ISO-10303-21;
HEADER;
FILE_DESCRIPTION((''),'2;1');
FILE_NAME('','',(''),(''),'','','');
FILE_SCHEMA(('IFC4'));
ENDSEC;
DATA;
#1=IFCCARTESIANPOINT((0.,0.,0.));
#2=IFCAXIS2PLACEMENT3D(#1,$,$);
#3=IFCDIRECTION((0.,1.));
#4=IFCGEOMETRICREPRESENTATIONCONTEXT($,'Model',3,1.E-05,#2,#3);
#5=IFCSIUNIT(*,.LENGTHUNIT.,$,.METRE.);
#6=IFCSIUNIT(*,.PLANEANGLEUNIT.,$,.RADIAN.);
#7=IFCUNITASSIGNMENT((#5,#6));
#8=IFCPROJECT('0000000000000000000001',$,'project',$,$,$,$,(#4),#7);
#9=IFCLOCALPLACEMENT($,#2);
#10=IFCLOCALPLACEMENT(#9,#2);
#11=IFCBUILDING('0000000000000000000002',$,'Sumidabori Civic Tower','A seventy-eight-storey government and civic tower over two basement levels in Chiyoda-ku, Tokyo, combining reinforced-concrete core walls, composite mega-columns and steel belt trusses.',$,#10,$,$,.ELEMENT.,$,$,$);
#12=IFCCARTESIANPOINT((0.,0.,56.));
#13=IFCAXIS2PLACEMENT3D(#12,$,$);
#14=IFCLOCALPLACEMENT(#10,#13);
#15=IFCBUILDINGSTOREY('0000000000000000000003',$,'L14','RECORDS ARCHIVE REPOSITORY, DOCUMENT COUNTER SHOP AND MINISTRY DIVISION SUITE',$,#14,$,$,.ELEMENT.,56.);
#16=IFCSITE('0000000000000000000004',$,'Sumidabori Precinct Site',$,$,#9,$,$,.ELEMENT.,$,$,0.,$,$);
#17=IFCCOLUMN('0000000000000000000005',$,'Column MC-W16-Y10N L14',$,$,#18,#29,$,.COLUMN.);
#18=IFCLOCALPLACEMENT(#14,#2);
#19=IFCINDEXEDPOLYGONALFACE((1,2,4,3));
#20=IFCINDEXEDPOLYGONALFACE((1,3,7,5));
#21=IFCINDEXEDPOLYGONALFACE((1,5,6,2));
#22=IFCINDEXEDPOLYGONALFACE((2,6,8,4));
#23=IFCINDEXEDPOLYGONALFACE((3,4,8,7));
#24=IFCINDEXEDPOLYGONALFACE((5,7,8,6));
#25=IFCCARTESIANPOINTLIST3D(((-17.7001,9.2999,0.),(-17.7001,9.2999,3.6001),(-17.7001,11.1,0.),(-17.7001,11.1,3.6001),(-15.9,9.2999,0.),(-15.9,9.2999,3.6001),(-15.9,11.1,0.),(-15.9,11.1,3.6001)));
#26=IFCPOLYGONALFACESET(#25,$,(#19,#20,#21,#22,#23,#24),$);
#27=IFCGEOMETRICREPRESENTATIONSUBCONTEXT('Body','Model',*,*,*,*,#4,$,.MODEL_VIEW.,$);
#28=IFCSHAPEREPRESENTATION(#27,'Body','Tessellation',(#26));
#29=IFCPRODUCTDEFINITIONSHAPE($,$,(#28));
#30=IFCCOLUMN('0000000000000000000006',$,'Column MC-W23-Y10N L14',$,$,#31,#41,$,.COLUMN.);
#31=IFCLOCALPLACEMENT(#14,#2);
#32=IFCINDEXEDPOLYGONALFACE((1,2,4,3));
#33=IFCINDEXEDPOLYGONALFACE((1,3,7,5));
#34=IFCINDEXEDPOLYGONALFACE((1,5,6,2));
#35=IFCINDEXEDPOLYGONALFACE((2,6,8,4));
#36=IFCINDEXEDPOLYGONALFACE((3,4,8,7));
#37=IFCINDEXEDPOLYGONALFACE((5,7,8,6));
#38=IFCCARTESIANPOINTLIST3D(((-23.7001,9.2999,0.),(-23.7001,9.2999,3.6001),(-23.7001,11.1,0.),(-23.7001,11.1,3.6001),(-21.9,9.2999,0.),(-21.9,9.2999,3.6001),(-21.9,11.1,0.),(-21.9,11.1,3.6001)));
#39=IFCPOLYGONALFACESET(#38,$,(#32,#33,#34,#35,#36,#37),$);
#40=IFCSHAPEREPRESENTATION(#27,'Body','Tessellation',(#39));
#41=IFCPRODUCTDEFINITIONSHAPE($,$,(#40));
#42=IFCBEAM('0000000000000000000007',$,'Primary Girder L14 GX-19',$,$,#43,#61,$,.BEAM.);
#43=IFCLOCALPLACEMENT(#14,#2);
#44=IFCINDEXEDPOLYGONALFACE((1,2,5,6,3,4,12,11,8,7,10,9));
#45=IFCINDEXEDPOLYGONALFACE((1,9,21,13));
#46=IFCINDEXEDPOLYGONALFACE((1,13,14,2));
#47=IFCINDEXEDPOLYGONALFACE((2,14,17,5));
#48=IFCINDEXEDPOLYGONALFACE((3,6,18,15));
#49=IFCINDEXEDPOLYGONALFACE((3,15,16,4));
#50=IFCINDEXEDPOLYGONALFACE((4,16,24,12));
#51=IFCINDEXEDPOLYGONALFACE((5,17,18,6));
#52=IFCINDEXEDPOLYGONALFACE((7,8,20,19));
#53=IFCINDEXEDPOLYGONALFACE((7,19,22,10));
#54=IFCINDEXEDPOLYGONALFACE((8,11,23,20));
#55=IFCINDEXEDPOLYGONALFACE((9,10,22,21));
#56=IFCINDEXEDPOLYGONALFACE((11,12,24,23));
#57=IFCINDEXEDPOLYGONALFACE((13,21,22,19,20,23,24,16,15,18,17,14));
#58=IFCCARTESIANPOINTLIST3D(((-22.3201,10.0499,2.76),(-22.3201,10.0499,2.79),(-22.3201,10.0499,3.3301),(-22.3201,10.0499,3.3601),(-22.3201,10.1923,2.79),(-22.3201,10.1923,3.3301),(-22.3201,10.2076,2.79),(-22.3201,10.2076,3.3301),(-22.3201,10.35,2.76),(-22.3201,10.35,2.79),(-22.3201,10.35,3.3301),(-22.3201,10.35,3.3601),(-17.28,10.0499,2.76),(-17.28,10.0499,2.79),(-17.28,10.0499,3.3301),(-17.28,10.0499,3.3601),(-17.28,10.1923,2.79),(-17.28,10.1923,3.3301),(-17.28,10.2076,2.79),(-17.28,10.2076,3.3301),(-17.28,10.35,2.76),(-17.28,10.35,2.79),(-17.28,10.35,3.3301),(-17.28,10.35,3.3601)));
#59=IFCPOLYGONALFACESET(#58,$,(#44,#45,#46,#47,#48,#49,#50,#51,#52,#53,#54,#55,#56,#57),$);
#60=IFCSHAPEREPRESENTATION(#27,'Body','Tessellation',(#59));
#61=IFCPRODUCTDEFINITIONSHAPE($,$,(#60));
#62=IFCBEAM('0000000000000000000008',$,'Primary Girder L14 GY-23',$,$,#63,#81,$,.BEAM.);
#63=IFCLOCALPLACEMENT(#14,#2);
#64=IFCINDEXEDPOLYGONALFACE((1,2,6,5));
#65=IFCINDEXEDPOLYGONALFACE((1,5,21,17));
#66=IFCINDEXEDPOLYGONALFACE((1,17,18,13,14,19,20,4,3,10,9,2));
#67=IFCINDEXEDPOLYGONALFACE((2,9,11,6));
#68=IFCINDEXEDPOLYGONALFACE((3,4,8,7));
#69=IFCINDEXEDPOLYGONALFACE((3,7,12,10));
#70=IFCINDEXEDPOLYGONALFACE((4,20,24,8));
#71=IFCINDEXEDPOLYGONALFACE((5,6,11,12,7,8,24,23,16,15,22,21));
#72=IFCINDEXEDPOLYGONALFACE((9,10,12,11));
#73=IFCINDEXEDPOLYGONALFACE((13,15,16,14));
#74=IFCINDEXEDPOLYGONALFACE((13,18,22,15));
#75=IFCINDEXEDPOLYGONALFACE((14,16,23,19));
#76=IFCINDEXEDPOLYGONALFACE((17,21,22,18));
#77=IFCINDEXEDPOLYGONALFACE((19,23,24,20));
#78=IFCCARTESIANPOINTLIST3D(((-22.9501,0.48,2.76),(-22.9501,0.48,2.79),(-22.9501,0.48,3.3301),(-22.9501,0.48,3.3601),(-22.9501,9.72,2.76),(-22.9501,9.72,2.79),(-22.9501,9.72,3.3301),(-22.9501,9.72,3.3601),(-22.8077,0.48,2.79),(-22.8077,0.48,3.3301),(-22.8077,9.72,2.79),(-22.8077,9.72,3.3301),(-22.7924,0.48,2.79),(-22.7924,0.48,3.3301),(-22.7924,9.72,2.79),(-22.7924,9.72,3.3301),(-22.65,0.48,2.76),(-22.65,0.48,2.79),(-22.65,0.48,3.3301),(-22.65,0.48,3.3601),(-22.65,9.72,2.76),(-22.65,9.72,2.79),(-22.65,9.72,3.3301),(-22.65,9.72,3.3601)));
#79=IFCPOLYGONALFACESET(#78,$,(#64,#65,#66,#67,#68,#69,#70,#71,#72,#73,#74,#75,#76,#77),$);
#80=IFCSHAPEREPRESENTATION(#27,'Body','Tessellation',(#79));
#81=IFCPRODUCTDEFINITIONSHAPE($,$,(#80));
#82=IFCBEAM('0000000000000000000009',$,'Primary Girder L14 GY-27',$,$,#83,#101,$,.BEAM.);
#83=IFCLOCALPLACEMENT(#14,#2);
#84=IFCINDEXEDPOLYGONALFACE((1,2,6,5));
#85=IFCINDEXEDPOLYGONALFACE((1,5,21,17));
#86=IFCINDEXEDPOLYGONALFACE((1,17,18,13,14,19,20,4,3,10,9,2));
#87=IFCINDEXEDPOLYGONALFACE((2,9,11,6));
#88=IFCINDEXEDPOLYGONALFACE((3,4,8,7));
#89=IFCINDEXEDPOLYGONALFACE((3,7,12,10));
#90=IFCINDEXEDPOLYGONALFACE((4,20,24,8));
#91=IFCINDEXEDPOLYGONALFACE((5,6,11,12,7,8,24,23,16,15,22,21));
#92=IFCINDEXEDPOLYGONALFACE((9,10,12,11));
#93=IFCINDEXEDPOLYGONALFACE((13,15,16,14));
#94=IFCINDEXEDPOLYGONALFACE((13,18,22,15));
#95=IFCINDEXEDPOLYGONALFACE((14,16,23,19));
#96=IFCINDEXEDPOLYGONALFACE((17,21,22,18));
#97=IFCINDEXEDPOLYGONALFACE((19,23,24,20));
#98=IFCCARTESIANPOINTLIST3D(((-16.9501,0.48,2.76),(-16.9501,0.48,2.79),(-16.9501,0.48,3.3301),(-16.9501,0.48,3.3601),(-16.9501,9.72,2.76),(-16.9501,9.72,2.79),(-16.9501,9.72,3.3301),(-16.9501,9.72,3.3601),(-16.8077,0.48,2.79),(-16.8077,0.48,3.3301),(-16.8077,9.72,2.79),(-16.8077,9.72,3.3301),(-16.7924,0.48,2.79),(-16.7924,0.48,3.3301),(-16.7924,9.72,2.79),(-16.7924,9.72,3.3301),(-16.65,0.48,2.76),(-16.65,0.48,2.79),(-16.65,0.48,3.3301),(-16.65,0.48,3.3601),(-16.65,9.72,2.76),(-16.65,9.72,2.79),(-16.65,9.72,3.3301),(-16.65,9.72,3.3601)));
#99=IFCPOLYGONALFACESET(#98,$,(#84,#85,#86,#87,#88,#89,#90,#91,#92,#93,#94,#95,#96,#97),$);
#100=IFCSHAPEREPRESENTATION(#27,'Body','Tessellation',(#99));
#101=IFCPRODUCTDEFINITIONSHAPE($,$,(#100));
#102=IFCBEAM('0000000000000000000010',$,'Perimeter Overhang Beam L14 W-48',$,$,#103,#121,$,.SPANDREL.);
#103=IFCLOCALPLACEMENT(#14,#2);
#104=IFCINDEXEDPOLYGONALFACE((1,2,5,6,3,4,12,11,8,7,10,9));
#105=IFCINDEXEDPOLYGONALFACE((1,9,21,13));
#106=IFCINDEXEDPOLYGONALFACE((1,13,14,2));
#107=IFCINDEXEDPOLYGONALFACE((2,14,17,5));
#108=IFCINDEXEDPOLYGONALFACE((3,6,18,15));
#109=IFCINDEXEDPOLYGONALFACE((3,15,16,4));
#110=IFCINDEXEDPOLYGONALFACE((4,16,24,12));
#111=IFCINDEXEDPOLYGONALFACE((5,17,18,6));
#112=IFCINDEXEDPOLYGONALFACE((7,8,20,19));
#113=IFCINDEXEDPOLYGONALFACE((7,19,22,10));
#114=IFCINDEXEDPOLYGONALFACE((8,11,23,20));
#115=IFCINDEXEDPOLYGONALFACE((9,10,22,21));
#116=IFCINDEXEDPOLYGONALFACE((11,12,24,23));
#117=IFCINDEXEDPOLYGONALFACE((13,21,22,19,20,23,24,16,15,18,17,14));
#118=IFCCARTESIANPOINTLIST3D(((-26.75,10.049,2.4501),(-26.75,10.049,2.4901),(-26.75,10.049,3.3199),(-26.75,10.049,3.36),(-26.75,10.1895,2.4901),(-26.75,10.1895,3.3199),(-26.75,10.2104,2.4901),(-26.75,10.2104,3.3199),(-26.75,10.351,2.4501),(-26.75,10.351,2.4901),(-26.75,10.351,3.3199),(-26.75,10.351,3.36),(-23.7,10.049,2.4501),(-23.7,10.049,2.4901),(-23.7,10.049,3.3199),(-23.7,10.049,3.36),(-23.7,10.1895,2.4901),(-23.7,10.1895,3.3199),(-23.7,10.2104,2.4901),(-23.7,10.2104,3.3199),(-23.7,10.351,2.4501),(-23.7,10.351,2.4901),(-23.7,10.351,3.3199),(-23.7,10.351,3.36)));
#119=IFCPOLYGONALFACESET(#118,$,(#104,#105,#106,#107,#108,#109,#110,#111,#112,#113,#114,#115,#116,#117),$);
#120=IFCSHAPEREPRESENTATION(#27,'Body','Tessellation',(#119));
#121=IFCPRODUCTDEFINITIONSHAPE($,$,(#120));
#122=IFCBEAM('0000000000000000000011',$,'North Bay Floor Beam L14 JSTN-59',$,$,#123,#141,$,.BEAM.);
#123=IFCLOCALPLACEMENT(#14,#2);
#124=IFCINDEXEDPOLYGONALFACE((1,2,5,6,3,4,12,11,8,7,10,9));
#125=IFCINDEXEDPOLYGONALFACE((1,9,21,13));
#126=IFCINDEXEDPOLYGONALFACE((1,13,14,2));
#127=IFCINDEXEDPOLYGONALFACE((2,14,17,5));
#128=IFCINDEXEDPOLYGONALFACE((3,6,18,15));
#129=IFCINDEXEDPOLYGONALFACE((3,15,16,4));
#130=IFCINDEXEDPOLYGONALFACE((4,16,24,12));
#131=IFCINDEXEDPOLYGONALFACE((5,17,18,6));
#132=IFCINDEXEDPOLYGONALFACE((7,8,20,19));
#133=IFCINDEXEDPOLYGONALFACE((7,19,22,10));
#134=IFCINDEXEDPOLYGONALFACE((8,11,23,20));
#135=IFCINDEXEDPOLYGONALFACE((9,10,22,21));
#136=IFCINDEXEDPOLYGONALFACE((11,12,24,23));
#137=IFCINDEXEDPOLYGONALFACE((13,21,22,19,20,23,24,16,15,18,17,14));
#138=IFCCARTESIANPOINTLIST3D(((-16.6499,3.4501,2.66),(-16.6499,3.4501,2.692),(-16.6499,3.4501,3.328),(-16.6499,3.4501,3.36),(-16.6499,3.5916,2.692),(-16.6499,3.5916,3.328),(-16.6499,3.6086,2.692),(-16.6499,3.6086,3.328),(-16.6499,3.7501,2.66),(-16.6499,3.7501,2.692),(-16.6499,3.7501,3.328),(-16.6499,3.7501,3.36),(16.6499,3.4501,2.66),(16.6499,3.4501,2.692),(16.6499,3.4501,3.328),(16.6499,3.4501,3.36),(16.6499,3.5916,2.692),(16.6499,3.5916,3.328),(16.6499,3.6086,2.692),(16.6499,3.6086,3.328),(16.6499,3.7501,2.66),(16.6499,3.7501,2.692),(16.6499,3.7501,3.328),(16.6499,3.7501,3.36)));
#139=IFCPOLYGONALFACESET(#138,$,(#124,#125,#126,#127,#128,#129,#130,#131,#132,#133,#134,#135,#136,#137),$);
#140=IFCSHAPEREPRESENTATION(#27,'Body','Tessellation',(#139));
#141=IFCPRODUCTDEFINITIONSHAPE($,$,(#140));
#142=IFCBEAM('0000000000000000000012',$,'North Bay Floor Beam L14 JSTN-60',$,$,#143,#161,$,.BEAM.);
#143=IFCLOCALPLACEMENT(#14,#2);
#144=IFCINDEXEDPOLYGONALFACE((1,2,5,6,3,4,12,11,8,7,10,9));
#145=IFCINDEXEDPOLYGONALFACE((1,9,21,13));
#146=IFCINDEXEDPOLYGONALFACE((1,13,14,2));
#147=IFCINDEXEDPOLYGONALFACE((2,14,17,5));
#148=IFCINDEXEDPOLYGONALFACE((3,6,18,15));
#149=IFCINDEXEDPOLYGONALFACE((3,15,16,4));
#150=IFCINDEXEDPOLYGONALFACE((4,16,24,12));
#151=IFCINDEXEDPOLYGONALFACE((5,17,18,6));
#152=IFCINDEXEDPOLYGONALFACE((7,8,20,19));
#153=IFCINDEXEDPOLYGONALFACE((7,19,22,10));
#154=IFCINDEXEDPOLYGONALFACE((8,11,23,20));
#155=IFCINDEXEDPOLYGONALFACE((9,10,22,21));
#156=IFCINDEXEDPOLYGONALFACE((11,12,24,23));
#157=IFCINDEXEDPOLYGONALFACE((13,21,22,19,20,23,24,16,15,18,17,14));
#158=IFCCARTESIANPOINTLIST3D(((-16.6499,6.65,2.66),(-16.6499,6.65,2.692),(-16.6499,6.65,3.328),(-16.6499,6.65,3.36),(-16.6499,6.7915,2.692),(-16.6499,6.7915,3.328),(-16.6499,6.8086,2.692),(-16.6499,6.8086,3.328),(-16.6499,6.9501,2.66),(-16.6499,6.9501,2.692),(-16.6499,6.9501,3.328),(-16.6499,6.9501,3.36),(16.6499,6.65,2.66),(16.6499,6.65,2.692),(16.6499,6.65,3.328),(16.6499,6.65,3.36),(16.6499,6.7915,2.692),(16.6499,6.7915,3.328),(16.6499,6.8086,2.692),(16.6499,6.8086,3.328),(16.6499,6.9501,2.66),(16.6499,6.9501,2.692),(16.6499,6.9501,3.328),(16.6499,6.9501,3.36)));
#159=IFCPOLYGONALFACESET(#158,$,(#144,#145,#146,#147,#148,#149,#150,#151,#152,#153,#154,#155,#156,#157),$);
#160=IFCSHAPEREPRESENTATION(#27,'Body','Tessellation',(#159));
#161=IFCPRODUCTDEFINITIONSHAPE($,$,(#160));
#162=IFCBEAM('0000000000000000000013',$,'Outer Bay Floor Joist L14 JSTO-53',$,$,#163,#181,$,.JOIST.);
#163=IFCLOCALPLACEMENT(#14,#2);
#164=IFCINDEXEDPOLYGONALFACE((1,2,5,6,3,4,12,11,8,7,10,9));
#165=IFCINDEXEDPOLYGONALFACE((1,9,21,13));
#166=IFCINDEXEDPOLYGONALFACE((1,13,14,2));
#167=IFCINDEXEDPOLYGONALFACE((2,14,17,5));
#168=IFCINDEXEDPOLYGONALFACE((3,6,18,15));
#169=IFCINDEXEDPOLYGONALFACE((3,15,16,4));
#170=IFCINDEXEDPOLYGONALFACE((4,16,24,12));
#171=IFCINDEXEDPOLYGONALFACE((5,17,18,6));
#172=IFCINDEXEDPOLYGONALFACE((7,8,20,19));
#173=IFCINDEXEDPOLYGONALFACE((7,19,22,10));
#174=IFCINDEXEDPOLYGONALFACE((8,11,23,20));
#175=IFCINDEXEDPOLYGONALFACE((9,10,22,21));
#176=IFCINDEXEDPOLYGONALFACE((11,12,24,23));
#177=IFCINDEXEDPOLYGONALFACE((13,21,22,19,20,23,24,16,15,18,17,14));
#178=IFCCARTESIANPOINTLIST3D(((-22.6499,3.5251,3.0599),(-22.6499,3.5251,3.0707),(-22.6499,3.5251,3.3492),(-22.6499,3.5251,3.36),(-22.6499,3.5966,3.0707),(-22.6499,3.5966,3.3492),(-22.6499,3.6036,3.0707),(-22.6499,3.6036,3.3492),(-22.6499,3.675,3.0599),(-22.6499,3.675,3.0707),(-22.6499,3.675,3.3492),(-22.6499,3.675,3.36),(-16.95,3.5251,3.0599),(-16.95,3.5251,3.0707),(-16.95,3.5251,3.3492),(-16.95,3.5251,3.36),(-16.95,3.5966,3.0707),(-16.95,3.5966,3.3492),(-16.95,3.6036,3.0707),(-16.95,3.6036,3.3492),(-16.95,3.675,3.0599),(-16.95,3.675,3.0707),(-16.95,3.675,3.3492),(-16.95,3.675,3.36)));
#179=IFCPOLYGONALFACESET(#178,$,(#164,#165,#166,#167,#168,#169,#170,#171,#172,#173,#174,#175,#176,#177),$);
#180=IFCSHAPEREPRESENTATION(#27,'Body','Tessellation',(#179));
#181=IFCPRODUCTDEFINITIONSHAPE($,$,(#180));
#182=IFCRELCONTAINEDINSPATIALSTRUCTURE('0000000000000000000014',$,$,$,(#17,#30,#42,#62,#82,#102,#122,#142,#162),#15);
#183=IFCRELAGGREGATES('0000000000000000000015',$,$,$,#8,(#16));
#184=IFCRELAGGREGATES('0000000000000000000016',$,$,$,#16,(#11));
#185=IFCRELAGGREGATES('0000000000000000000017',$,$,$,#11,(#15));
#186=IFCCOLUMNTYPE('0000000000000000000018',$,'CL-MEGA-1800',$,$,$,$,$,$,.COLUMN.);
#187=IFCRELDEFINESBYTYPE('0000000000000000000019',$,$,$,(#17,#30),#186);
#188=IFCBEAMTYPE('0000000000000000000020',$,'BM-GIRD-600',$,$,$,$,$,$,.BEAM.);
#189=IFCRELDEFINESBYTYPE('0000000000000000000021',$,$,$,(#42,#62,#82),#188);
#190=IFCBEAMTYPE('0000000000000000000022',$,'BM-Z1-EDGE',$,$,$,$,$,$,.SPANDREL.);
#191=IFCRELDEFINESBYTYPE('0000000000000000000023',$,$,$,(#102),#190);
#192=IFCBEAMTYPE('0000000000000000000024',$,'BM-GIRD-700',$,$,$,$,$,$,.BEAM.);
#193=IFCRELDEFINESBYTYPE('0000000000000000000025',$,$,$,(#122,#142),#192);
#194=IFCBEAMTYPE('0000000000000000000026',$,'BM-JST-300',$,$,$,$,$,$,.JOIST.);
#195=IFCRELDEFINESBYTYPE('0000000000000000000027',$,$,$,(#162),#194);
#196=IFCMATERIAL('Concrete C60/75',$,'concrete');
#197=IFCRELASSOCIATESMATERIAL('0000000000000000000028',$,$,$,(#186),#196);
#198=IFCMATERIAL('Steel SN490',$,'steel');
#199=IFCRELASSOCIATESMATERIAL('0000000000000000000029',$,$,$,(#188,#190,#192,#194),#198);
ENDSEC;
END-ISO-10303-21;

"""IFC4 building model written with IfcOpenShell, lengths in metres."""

from ifc_helpers import new_model, si_unit, direction, frame, origin, origin_2d, place, context, subcontext, project, spatial, rectangle, i_section, extrude, source, transform, mapped, material, material_profile, profile_set, type_object, element, save


model = new_model("IFC4")

# Units and contexts
model_context = context("Model", 3, precision=1e-05, world=origin(), true_north=direction((0.0, 1.0)))
body_context = subcontext(model_context, "Body", "Model", "MODEL_VIEW")
ifc_project = project(units=[si_unit("LENGTHUNIT", "METRE"), si_unit("PLANEANGLEUNIT", "RADIAN")], contexts=[model_context])

# Site, building, storey
site_placement = place(None, origin())
site = spatial("IfcSite", under=ifc_project, at=site_placement, Name="Sumidabori Precinct Site", CompositionType="ELEMENT", RefElevation=0.0)
building_placement = place(site_placement, origin())
building = spatial("IfcBuilding", under=site, at=building_placement, Name="Sumidabori Civic Tower", Description="A seventy-eight-storey government and civic tower over two basement levels in Chiyoda-ku, Tokyo, combining reinforced-concrete core walls, composite mega-columns and steel belt trusses.", CompositionType="ELEMENT")
storey_placement = place(building_placement, frame((0.0, 0.0, 56.0)))
storey = spatial("IfcBuildingStorey", under=building, at=storey_placement, Name="L14", Description="RECORDS ARCHIVE REPOSITORY, DOCUMENT COUNTER SHOP AND MINISTRY DIVISION SUITE", CompositionType="ELEMENT", Elevation=56.0)

# Columns
ifc_material_1 = material(Name="Concrete C60/75", Category="concrete")
ifc_material_profile_1 = material_profile(ifc_material_1, rectangle(XDim=1.8, YDim=1.8, at=origin_2d()), Name="RC 1800x1800")
ifc_profile_set_1 = profile_set([ifc_material_profile_1], Name="Concrete C60/75")
column_type = type_object("IfcColumnType", Name="CL-MEGA-1800", PredefinedType="COLUMN", material=ifc_profile_set_1)
shared_shape_1 = source(origin(), body_context, "Body", "SweptSolid", [
    extrude(rectangle(XDim=1.8, YDim=1.8, at=origin_2d()), origin(), (0.0, 0.0, 1.0), 3.6001),
])
for number, where, z_axis, x_axis, name in (
    (1, (-16.8, 10.2, 0.0), (0.0, 0.0, 1.0), (1.0, 0.0, 0.0), "Column MC-W16-Y10N L14"),
    (2, (-22.8, 10.2, 0.0), (0.0, 0.0, 1.0), (1.0, 0.0, 0.0), "Column MC-W23-Y10N L14"),
):
    element("IfcColumn", number, at=place(storey_placement, frame(where, z_axis=z_axis, x_axis=x_axis)), inside=storey, type_object=column_type, Name=name, PredefinedType="COLUMN", context=body_context, shape_type="MappedRepresentation", body=[
        mapped(shared_shape_1, transform((0.0, 0.0, 0.0), x_axis=(1.0, 0.0, 0.0), y_axis=(0.0, 1.0, 0.0), z_axis=(0.0, 0.0, 1.0), scale=1.0)),
    ])

# Beams
ifc_material_2 = material(Name="Steel SN490", Category="steel")
ifc_material_profile_2 = material_profile(ifc_material_2, i_section(OverallWidth=0.3, OverallDepth=0.6001, WebThickness=0.0154, FlangeThickness=0.03, at=origin_2d()), Name="HE 600 B")
ifc_profile_set_2 = profile_set([ifc_material_profile_2], Name="Steel SN490")
beam_type_1 = type_object("IfcBeamType", Name="BM-GIRD-600", PredefinedType="BEAM", material=ifc_profile_set_2)
shared_shape_2 = source(origin(), body_context, "Body", "SweptSolid", [
    extrude(i_section(OverallWidth=0.3, OverallDepth=0.6001, WebThickness=0.0154, FlangeThickness=0.03, at=origin_2d()), origin(), (0.0, 0.0, 1.0), 5.04),
])
beam_1_placement = place(storey_placement, frame((-22.3201, 10.2, 3.0601), z_axis=(1.0, 0.0, 0.0), x_axis=(0.0, 1.0, 0.0)))
element("IfcBeam", 3, at=beam_1_placement, inside=storey, type_object=beam_type_1, Name="Primary Girder L14 GX-19", PredefinedType="BEAM", context=body_context, shape_type="MappedRepresentation", body=[
    mapped(shared_shape_2, transform((0.0, 0.0, 0.0), x_axis=(1.0, 0.0, 0.0), y_axis=(0.0, 1.0, 0.0), z_axis=(0.0, 0.0, 1.0), scale=1.0)),
])
shared_shape_3 = source(origin(), body_context, "Body", "SweptSolid", [
    extrude(i_section(OverallWidth=0.3, OverallDepth=0.6001, WebThickness=0.0154, FlangeThickness=0.03, at=origin_2d()), origin(), (0.0, 0.0, 1.0), 9.24),
])
for number, where, z_axis, x_axis, name in (
    (4, (-22.8, 0.48, 3.0601), (0.0, 1.0, 0.0), (-1.0, 0.0, 0.0), "Primary Girder L14 GY-23"),
    (5, (-16.8, 0.48, 3.0601), (0.0, 1.0, 0.0), (-1.0, 0.0, 0.0), "Primary Girder L14 GY-27"),
):
    element("IfcBeam", number, at=place(storey_placement, frame(where, z_axis=z_axis, x_axis=x_axis)), inside=storey, type_object=beam_type_1, Name=name, PredefinedType="BEAM", context=body_context, shape_type="MappedRepresentation", body=[
        mapped(shared_shape_3, transform((0.0, 0.0, 0.0), x_axis=(1.0, 0.0, 0.0), y_axis=(0.0, 1.0, 0.0), z_axis=(0.0, 0.0, 1.0), scale=1.0)),
    ])
ifc_material_profile_3 = material_profile(ifc_material_2, i_section(OverallWidth=0.302, OverallDepth=0.9099, WebThickness=0.021, FlangeThickness=0.04, at=origin_2d()), Name="HE 900 M")
ifc_profile_set_3 = profile_set([ifc_material_profile_3], Name="Steel SN490")
beam_type_2 = type_object("IfcBeamType", Name="BM-Z1-EDGE", PredefinedType="SPANDREL", material=ifc_profile_set_3)
shared_shape_4 = source(origin(), body_context, "Body", "SweptSolid", [
    extrude(i_section(OverallWidth=0.302, OverallDepth=0.9099, WebThickness=0.021, FlangeThickness=0.04, at=origin_2d()), origin(), (0.0, 0.0, 1.0), 3.05),
])
beam_2_placement = place(storey_placement, frame((-26.75, 10.2, 2.905), z_axis=(1.0, 0.0, 0.0), x_axis=(0.0, 1.0, 0.0)))
element("IfcBeam", 6, at=beam_2_placement, inside=storey, type_object=beam_type_2, Name="Perimeter Overhang Beam L14 W-48", PredefinedType="SPANDREL", context=body_context, shape_type="MappedRepresentation", body=[
    mapped(shared_shape_4, transform((0.0, 0.0, 0.0), x_axis=(1.0, 0.0, 0.0), y_axis=(0.0, 1.0, 0.0), z_axis=(0.0, 0.0, 1.0), scale=1.0)),
])
ifc_material_profile_4 = material_profile(ifc_material_2, i_section(OverallWidth=0.3, OverallDepth=0.7, WebThickness=0.0171, FlangeThickness=0.032, at=origin_2d()), Name="HE 700 B")
ifc_profile_set_4 = profile_set([ifc_material_profile_4], Name="Steel SN490")
beam_type_3 = type_object("IfcBeamType", Name="BM-GIRD-700", PredefinedType="BEAM", material=ifc_profile_set_4)
shared_shape_5 = source(origin(), body_context, "Body", "SweptSolid", [
    extrude(i_section(OverallWidth=0.3, OverallDepth=0.7, WebThickness=0.0171, FlangeThickness=0.032, at=origin_2d()), origin(), (0.0, 0.0, 1.0), 33.2998),
])
for number, where, z_axis, x_axis, name in (
    (7, (-16.6499, 3.6001, 3.01), (1.0, 0.0, 0.0), (0.0, 1.0, 0.0), "North Bay Floor Beam L14 JSTN-59"),
    (8, (-16.6499, 6.8, 3.01), (1.0, 0.0, 0.0), (0.0, 1.0, 0.0), "North Bay Floor Beam L14 JSTN-60"),
):
    element("IfcBeam", number, at=place(storey_placement, frame(where, z_axis=z_axis, x_axis=x_axis)), inside=storey, type_object=beam_type_3, Name=name, PredefinedType="BEAM", context=body_context, shape_type="MappedRepresentation", body=[
        mapped(shared_shape_5, transform((0.0, 0.0, 0.0), x_axis=(1.0, 0.0, 0.0), y_axis=(0.0, 1.0, 0.0), z_axis=(0.0, 0.0, 1.0), scale=1.0)),
    ])
ifc_material_profile_5 = material_profile(ifc_material_2, i_section(OverallWidth=0.1499, OverallDepth=0.3, WebThickness=0.0071, FlangeThickness=0.0107, at=origin_2d()), Name="IPE 300")
ifc_profile_set_5 = profile_set([ifc_material_profile_5], Name="Steel SN490")
beam_type_4 = type_object("IfcBeamType", Name="BM-JST-300", PredefinedType="JOIST", material=ifc_profile_set_5)
shared_shape_6 = source(origin(), body_context, "Body", "SweptSolid", [
    extrude(i_section(OverallWidth=0.1499, OverallDepth=0.3, WebThickness=0.0071, FlangeThickness=0.0107, at=origin_2d()), origin(), (0.0, 0.0, 1.0), 5.7),
])
for number, where, z_axis, x_axis, name in (
    (9, (-22.6499, 3.6001, 3.21), (1.0, 0.0, 0.0), (0.0, 1.0, 0.0), "Outer Bay Floor Joist L14 JSTO-53"),
):
    element("IfcBeam", number, at=place(storey_placement, frame(where, z_axis=z_axis, x_axis=x_axis)), inside=storey, type_object=beam_type_4, Name=name, PredefinedType="JOIST", context=body_context, shape_type="MappedRepresentation", body=[
        mapped(shared_shape_6, transform((0.0, 0.0, 0.0), x_axis=(1.0, 0.0, 0.0), y_axis=(0.0, 1.0, 0.0), z_axis=(0.0, 0.0, 1.0), scale=1.0)),
    ])

save(model, "model.ifc")
